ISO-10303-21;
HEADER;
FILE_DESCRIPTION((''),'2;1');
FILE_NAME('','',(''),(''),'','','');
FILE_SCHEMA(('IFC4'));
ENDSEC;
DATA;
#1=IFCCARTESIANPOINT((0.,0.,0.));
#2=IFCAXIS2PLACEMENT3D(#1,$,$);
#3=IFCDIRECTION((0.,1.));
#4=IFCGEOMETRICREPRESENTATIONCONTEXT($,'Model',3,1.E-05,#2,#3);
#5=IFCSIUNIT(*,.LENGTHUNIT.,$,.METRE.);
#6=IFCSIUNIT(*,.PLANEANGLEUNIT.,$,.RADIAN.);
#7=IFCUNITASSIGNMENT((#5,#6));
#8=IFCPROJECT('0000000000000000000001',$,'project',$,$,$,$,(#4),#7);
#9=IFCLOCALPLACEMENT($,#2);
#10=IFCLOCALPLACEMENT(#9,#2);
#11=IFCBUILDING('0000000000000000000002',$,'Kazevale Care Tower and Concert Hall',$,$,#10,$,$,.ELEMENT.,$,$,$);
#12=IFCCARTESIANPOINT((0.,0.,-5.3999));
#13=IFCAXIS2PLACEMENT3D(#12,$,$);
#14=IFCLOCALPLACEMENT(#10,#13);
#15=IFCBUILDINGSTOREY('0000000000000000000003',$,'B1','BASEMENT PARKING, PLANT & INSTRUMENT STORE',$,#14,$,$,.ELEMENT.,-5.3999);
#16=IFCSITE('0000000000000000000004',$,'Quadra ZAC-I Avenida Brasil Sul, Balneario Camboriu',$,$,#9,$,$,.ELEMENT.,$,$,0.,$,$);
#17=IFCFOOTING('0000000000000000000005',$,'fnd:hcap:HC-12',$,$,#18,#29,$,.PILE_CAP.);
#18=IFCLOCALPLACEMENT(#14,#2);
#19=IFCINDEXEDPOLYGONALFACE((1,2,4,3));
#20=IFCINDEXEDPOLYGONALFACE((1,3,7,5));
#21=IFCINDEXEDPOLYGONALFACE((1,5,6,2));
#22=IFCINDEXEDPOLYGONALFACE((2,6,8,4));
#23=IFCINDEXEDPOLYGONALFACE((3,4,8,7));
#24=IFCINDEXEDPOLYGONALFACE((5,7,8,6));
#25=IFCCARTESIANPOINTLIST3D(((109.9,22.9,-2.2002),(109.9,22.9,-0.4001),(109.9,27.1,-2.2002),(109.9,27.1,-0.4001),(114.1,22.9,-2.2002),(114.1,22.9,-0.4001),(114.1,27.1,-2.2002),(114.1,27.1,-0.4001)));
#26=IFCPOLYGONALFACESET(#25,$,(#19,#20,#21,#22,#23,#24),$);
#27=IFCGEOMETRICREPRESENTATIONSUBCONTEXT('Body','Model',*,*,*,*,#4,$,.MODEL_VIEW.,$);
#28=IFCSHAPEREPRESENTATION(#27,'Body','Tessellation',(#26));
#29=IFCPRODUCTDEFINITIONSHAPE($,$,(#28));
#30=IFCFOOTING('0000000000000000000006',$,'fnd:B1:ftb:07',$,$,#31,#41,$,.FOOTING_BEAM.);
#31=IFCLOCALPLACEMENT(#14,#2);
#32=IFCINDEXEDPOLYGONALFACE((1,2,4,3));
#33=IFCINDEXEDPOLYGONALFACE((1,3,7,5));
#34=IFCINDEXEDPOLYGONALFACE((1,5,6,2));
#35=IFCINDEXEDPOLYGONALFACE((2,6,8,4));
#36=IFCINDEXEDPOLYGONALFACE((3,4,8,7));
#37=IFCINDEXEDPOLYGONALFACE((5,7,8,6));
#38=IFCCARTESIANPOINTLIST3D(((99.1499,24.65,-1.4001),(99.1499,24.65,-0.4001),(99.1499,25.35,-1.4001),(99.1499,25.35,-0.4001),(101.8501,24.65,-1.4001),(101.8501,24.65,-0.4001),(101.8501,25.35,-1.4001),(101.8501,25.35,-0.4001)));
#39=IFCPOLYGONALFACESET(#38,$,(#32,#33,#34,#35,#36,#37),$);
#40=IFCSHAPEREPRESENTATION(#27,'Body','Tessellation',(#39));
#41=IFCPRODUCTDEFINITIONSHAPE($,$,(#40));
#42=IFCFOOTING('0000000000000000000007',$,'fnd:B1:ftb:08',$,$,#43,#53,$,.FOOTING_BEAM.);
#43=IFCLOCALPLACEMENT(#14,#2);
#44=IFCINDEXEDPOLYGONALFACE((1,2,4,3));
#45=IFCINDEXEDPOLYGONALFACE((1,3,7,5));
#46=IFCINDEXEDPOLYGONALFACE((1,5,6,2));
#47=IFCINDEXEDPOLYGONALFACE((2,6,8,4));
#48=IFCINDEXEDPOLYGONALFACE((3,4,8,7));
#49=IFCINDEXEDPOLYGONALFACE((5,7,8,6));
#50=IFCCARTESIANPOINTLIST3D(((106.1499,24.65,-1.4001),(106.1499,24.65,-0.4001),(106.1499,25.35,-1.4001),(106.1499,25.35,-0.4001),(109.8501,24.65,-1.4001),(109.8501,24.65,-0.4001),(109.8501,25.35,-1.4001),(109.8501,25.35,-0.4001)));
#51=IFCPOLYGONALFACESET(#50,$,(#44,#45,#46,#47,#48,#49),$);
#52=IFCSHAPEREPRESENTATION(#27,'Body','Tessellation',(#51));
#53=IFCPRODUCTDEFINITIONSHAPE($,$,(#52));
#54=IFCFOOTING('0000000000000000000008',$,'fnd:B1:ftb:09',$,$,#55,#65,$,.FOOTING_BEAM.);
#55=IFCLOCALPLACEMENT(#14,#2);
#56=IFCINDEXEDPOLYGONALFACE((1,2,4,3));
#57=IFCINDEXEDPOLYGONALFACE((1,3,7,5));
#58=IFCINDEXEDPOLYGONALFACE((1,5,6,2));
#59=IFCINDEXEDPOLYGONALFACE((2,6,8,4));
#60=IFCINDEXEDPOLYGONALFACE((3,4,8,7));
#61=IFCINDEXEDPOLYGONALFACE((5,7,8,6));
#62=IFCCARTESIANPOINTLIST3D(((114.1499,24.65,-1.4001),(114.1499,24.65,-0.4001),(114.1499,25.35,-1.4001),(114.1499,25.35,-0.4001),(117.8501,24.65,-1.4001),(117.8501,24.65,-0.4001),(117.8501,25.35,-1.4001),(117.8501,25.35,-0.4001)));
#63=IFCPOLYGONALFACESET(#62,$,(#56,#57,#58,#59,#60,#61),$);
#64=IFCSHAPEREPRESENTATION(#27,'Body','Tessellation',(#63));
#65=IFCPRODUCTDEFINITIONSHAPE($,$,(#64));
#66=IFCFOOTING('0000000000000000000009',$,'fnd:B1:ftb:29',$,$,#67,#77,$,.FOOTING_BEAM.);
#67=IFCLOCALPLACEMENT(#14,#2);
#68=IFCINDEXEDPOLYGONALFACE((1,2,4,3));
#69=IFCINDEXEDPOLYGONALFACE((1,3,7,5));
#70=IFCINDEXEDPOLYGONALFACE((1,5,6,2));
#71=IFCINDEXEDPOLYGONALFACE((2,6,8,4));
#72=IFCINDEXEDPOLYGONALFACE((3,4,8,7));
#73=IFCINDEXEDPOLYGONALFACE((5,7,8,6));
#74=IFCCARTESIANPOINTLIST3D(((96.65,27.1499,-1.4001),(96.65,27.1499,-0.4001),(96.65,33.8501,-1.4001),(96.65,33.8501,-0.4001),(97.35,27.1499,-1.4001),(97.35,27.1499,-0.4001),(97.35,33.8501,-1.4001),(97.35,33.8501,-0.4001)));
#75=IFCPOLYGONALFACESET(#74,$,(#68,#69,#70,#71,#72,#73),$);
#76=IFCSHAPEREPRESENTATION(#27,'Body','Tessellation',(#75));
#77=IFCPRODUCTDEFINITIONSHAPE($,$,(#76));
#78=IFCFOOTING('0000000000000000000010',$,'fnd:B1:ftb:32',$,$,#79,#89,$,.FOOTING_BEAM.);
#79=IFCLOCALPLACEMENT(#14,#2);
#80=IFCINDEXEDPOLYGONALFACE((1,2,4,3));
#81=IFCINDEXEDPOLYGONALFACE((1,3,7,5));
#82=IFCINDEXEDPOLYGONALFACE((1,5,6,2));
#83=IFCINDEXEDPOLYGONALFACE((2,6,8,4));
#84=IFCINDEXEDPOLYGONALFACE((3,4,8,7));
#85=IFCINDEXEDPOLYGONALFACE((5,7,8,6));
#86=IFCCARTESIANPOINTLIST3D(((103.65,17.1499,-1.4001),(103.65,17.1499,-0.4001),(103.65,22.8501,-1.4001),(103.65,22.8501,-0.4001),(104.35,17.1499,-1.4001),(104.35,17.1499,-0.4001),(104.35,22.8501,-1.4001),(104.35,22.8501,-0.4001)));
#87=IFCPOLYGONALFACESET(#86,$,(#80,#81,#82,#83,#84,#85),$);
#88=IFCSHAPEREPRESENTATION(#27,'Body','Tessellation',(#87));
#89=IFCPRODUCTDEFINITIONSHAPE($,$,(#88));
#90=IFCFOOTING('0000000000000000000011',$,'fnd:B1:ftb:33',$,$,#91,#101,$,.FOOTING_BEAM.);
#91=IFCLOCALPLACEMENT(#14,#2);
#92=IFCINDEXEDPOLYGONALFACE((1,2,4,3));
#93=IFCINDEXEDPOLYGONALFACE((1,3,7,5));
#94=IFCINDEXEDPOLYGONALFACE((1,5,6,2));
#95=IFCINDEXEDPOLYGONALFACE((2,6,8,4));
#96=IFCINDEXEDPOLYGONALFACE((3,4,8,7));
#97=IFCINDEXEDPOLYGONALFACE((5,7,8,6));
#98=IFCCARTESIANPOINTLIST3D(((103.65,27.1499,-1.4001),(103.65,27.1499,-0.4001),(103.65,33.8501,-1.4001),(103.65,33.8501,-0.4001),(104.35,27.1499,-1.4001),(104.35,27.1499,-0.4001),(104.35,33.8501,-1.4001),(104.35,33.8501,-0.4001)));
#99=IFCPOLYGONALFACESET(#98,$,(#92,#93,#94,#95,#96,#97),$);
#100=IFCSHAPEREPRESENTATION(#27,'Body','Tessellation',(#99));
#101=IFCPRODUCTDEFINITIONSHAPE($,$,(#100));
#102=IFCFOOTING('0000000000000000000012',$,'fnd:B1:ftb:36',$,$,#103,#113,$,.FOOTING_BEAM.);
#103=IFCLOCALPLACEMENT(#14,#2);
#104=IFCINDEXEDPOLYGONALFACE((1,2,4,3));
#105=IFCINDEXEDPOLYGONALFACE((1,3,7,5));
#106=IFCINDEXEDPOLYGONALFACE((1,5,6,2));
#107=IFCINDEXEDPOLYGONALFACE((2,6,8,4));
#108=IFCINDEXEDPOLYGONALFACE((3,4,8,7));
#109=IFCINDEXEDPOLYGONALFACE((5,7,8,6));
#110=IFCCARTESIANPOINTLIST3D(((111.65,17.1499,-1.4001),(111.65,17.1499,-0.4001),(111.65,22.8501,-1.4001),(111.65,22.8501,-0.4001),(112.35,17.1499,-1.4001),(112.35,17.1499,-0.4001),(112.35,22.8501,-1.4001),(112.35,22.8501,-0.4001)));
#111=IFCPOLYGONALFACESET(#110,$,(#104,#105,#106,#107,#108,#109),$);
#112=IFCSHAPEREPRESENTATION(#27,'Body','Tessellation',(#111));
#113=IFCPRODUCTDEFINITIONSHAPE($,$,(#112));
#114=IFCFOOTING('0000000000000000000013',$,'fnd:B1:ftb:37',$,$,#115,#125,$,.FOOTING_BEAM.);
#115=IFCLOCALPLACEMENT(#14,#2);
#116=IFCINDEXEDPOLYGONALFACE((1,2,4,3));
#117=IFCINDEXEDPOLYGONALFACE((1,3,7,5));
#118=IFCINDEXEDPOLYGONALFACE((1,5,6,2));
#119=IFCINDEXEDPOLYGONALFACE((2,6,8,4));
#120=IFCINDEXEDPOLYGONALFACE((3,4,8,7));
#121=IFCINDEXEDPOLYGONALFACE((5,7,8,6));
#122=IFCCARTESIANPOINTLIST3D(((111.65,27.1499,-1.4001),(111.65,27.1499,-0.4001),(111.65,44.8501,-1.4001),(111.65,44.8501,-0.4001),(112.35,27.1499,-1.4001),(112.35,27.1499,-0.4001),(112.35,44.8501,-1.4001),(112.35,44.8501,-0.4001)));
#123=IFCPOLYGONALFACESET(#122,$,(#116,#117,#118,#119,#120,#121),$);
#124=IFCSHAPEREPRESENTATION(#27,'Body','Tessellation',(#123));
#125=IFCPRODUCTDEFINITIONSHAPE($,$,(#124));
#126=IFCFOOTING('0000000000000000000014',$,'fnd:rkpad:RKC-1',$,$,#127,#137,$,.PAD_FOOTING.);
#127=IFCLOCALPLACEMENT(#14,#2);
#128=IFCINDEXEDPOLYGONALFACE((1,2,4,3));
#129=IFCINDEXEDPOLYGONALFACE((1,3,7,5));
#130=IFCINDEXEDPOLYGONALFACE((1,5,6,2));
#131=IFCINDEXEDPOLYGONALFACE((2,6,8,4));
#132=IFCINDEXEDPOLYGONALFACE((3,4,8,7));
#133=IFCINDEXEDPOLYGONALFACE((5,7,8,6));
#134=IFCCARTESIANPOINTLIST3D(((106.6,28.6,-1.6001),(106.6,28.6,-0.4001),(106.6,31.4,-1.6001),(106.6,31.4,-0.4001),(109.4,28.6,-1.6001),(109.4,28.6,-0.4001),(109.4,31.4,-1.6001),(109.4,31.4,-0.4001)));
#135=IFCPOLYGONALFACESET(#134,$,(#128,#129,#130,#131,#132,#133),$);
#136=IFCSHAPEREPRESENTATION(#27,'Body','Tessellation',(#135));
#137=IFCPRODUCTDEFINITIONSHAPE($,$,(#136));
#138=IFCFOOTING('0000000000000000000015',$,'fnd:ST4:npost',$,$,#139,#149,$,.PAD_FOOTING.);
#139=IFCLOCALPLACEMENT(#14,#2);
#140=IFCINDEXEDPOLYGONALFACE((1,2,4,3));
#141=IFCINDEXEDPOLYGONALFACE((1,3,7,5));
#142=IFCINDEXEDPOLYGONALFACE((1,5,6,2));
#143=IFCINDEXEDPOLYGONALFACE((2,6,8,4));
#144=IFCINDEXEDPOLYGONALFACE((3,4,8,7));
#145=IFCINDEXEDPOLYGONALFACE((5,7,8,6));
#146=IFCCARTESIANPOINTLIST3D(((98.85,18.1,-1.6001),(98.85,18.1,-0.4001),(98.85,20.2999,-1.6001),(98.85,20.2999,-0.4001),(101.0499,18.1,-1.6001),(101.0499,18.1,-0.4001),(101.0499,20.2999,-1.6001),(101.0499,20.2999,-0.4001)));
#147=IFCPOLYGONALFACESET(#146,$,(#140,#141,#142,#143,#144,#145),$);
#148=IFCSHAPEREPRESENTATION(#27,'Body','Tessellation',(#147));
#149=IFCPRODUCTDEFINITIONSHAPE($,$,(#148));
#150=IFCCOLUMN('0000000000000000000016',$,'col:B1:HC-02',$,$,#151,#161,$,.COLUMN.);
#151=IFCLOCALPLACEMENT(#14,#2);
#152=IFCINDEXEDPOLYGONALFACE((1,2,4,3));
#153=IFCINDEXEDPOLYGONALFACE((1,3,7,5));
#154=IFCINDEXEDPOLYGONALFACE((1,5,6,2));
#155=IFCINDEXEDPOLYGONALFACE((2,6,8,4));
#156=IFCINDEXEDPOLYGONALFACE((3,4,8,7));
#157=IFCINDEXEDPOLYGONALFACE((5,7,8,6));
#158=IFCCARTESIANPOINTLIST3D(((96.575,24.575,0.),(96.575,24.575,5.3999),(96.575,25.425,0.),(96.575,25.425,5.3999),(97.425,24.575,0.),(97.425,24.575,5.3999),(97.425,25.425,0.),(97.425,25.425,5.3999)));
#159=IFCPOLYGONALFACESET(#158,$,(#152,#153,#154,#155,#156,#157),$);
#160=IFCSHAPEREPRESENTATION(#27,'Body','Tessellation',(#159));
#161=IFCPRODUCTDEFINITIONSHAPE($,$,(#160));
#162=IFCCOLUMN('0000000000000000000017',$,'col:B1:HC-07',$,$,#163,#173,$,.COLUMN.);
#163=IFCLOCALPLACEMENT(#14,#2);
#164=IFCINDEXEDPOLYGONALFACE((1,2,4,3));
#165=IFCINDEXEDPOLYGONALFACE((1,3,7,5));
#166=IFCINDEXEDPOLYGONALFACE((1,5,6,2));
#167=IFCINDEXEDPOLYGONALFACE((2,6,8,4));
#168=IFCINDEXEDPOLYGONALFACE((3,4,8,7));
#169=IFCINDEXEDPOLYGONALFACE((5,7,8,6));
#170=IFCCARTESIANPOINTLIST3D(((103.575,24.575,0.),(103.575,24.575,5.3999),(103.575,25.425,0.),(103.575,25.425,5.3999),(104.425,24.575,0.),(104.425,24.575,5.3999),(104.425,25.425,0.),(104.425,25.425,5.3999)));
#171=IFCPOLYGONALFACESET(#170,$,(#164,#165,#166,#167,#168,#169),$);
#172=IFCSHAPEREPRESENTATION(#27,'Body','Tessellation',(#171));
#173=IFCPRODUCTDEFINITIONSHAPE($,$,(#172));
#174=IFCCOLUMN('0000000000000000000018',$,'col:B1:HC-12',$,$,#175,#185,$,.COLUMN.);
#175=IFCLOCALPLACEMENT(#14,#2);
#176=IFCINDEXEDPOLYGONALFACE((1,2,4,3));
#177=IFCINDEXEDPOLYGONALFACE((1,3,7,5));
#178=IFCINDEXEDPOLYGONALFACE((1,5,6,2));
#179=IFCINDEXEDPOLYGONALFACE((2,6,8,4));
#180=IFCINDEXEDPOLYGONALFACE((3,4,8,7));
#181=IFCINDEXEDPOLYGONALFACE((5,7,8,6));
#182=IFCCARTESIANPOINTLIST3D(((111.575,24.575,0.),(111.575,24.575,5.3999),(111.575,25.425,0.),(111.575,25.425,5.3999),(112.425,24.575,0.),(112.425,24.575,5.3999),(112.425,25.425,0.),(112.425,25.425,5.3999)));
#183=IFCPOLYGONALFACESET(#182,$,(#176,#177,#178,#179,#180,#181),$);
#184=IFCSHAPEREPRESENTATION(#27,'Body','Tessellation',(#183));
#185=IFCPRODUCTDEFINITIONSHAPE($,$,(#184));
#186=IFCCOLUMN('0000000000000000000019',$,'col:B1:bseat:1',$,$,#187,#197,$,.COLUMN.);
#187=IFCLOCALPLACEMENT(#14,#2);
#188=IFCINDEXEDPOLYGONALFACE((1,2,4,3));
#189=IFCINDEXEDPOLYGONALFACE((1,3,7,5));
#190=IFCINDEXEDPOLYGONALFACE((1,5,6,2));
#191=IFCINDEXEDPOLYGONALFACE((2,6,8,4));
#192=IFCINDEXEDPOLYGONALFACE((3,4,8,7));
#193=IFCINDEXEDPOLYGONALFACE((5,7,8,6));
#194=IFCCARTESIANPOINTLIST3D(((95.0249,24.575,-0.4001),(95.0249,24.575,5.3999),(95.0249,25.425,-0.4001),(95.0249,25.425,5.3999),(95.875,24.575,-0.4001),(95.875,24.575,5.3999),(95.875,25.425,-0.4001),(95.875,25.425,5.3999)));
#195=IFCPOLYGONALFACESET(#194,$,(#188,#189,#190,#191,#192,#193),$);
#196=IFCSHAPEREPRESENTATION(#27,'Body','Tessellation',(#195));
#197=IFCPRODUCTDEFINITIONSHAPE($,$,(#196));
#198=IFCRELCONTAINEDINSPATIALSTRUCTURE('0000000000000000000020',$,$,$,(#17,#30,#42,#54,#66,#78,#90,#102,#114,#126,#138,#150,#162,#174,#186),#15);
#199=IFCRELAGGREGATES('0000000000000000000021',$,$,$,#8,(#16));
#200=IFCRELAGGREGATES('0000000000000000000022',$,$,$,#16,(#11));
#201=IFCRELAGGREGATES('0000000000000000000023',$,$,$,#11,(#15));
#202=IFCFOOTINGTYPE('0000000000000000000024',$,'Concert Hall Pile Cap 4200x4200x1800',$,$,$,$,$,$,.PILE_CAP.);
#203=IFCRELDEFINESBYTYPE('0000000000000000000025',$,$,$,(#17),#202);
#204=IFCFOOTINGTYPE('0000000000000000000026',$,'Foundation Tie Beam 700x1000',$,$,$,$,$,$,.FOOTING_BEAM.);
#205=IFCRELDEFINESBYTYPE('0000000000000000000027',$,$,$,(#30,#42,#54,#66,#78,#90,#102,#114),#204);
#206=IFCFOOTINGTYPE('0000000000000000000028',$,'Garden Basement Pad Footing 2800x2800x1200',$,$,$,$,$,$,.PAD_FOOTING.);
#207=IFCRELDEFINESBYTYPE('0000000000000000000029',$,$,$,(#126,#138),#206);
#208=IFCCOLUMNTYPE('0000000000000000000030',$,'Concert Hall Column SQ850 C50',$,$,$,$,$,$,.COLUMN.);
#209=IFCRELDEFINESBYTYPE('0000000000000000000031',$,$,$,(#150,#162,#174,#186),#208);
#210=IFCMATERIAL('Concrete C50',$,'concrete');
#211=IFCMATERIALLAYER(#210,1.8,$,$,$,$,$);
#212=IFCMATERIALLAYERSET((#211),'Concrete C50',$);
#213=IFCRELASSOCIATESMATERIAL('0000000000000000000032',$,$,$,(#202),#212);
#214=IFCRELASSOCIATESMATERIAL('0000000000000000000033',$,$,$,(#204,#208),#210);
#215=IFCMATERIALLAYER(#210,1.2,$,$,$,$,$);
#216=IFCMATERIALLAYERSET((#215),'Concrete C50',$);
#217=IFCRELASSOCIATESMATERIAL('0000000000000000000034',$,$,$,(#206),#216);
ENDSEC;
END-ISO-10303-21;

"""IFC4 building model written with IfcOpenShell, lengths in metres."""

from ifc_helpers import new_model, si_unit, direction, frame, frame_2d, origin, origin_2d, place, context, subcontext, project, spatial, rectangle, extrude, material, layer, layer_set, material_profile, profile_set, type_object, element, save


model = new_model("IFC4")

# Units and contexts
model_context = context("Model", 3, precision=1e-05, world=origin(), true_north=direction((0.0, 1.0)))
body_context = subcontext(model_context, "Body", "Model", "MODEL_VIEW")
ifc_project = project(units=[si_unit("LENGTHUNIT", "METRE"), si_unit("PLANEANGLEUNIT", "RADIAN")], contexts=[model_context])

# Site, building, storey
site_placement = place(None, origin())
site = spatial("IfcSite", under=ifc_project, at=site_placement, Name="Quadra ZAC-I Avenida Brasil Sul, Balneario Camboriu", CompositionType="ELEMENT", RefElevation=0.0)
building_placement = place(site_placement, origin())
building = spatial("IfcBuilding", under=site, at=building_placement, Name="Kazevale Care Tower and Concert Hall", CompositionType="ELEMENT")
storey_placement = place(building_placement, frame((0.0, 0.0, -5.3999)))
storey = spatial("IfcBuildingStorey", under=building, at=storey_placement, Name="B1", Description="BASEMENT PARKING, PLANT & INSTRUMENT STORE", CompositionType="ELEMENT", Elevation=-5.3999)

# Shared definitions
ifc_material_1 = material(Name="Concrete C50", Category="concrete")

# Footings
ifc_layer_1 = layer(ifc_material_1, 1.8)
ifc_layer_set_1 = layer_set([ifc_layer_1], Name="Concrete C50")
footing_type_1 = type_object("IfcFootingType", Name="Concert Hall Pile Cap 4200x4200x1800", PredefinedType="PILE_CAP", material=ifc_layer_set_1)
for number, where, z_axis, x_axis, name in (
    (1, (112.0, 25.0, -2.2002), (0.0, 0.0, 1.0), (1.0, 0.0, 0.0), "fnd:hcap:HC-12"),
):
    element("IfcFooting", number, at=place(storey_placement, frame(where, z_axis=z_axis, x_axis=x_axis)), inside=storey, type_object=footing_type_1, Name=name, PredefinedType="PILE_CAP", context=body_context, shape_type="SweptSolid", body=[
        extrude(rectangle(XDim=4.2, YDim=4.2, at=origin_2d()), origin(), (0.0, 0.0, 1.0), 1.8),
    ])
ifc_material_profile_1 = material_profile(ifc_material_1, rectangle(XDim=0.7, YDim=1.0, at=origin_2d()), Name="RC-GB700x1000")
ifc_profile_set_1 = profile_set([ifc_material_profile_1], Name="Concrete C50")
footing_type_2 = type_object("IfcFootingType", Name="Foundation Tie Beam 700x1000", PredefinedType="FOOTING_BEAM", material=ifc_profile_set_1)
footing_1_placement = place(storey_placement, frame((99.1499, 25.0, -1.4001), z_axis=(0.0, 0.0, 1.0), x_axis=(1.0, 0.0, 0.0)))
element("IfcFooting", 2, at=footing_1_placement, inside=storey, type_object=footing_type_2, Name="fnd:B1:ftb:07", PredefinedType="FOOTING_BEAM", context=body_context, shape_type="SweptSolid", body=[
    extrude(rectangle(XDim=2.7002, YDim=0.7, at=frame_2d((1.3501, 0.0))), origin(), (0.0, 0.0, 1.0), 1.0),
])
for number, where, z_axis, x_axis, name in (
    (3, (106.1499, 25.0, -1.4001), (0.0, 0.0, 1.0), (1.0, 0.0, 0.0), "fnd:B1:ftb:08"),
    (4, (114.1499, 25.0, -1.4001), (0.0, 0.0, 1.0), (1.0, 0.0, 0.0), "fnd:B1:ftb:09"),
):
    element("IfcFooting", number, at=place(storey_placement, frame(where, z_axis=z_axis, x_axis=x_axis)), inside=storey, type_object=footing_type_2, Name=name, PredefinedType="FOOTING_BEAM", context=body_context, shape_type="SweptSolid", body=[
        extrude(rectangle(XDim=3.7002, YDim=0.7, at=frame_2d((1.8501, 0.0))), origin(), (0.0, 0.0, 1.0), 1.0),
    ])
footing_2_placement = place(storey_placement, frame((97.0, 27.1499, -1.4001), z_axis=(0.0, 0.0, 1.0), x_axis=(0.0, 1.0, 0.0)))
element("IfcFooting", 5, at=footing_2_placement, inside=storey, type_object=footing_type_2, Name="fnd:B1:ftb:29", PredefinedType="FOOTING_BEAM", context=body_context, shape_type="SweptSolid", body=[
    extrude(rectangle(XDim=6.7002, YDim=0.7, at=frame_2d((3.3501, 0.0))), origin(), (0.0, 0.0, 1.0), 1.0),
])
footing_3_placement = place(storey_placement, frame((104.0, 17.1499, -1.4001), z_axis=(0.0, 0.0, 1.0), x_axis=(0.0, 1.0, 0.0)))
element("IfcFooting", 6, at=footing_3_placement, inside=storey, type_object=footing_type_2, Name="fnd:B1:ftb:32", PredefinedType="FOOTING_BEAM", context=body_context, shape_type="SweptSolid", body=[
    extrude(rectangle(XDim=5.7002, YDim=0.7, at=frame_2d((2.8501, 0.0))), origin(), (0.0, 0.0, 1.0), 1.0),
])
footing_4_placement = place(storey_placement, frame((104.0, 27.1499, -1.4001), z_axis=(0.0, 0.0, 1.0), x_axis=(0.0, 1.0, 0.0)))
element("IfcFooting", 7, at=footing_4_placement, inside=storey, type_object=footing_type_2, Name="fnd:B1:ftb:33", PredefinedType="FOOTING_BEAM", context=body_context, shape_type="SweptSolid", body=[
    extrude(rectangle(XDim=6.7002, YDim=0.7, at=frame_2d((3.3501, 0.0))), origin(), (0.0, 0.0, 1.0), 1.0),
])
footing_5_placement = place(storey_placement, frame((112.0, 17.1499, -1.4001), z_axis=(0.0, 0.0, 1.0), x_axis=(0.0, 1.0, 0.0)))
element("IfcFooting", 8, at=footing_5_placement, inside=storey, type_object=footing_type_2, Name="fnd:B1:ftb:36", PredefinedType="FOOTING_BEAM", context=body_context, shape_type="SweptSolid", body=[
    extrude(rectangle(XDim=5.7002, YDim=0.7, at=frame_2d((2.8501, 0.0))), origin(), (0.0, 0.0, 1.0), 1.0),
])
footing_6_placement = place(storey_placement, frame((112.0, 27.1499, -1.4001), z_axis=(0.0, 0.0, 1.0), x_axis=(0.0, 1.0, 0.0)))
element("IfcFooting", 9, at=footing_6_placement, inside=storey, type_object=footing_type_2, Name="fnd:B1:ftb:37", PredefinedType="FOOTING_BEAM", context=body_context, shape_type="SweptSolid", body=[
    extrude(rectangle(XDim=17.7002, YDim=0.7, at=frame_2d((8.8501, 0.0))), origin(), (0.0, 0.0, 1.0), 1.0),
])
ifc_layer_2 = layer(ifc_material_1, 1.2)
ifc_layer_set_2 = layer_set([ifc_layer_2], Name="Concrete C50")
footing_type_3 = type_object("IfcFootingType", Name="Garden Basement Pad Footing 2800x2800x1200", PredefinedType="PAD_FOOTING", material=ifc_layer_set_2)
footing_7_placement = place(storey_placement, frame((108.0, 30.0, -1.6001), z_axis=(0.0, 0.0, 1.0), x_axis=(1.0, 0.0, 0.0)))
element("IfcFooting", 10, at=footing_7_placement, inside=storey, type_object=footing_type_3, Name="fnd:rkpad:RKC-1", PredefinedType="PAD_FOOTING", context=body_context, shape_type="SweptSolid", body=[
    extrude(rectangle(XDim=2.8, YDim=2.8, at=origin_2d()), origin(), (0.0, 0.0, 1.0), 1.2),
])
footing_8_placement = place(storey_placement, frame((99.95, 19.2, -1.6001), z_axis=(0.0, 0.0, 1.0), x_axis=(1.0, 0.0, 0.0)))
element("IfcFooting", 11, at=footing_8_placement, inside=storey, type_object=footing_type_3, Name="fnd:ST4:npost", PredefinedType="PAD_FOOTING", context=body_context, shape_type="SweptSolid", body=[
    extrude(rectangle(XDim=2.2, YDim=2.2, at=origin_2d()), origin(), (0.0, 0.0, 1.0), 1.2),
])

# Columns
ifc_material_profile_2 = material_profile(ifc_material_1, rectangle(XDim=0.8501, YDim=0.8501, at=origin_2d()), Name="RC-SQ850")
ifc_profile_set_2 = profile_set([ifc_material_profile_2], Name="Concrete C50")
column_type_1 = type_object("IfcColumnType", Name="Concert Hall Column SQ850 C50", PredefinedType="COLUMN", material=ifc_profile_set_2)
for number, where, z_axis, x_axis, name in (
    (12, (97.0, 25.0, 0.0), (0.0, 0.0, 1.0), (1.0, 0.0, 0.0), "col:B1:HC-02"),
    (13, (104.0, 25.0, 0.0), (0.0, 0.0, 1.0), (1.0, 0.0, 0.0), "col:B1:HC-07"),
    (14, (112.0, 25.0, 0.0), (0.0, 0.0, 1.0), (1.0, 0.0, 0.0), "col:B1:HC-12"),
):
    element("IfcColumn", number, at=place(storey_placement, frame(where, z_axis=z_axis, x_axis=x_axis)), inside=storey, type_object=column_type_1, Name=name, PredefinedType="COLUMN", context=body_context, shape_type="SweptSolid", body=[
        extrude(rectangle(XDim=0.8501, YDim=0.8501, at=origin_2d()), origin(), (0.0, 0.0, 1.0), 5.3999),
    ])
for number, where, z_axis, x_axis, name in (
    (15, (95.45, 25.0, -0.4001), (0.0, 0.0, 1.0), (1.0, 0.0, 0.0), "col:B1:bseat:1"),
):
    element("IfcColumn", number, at=place(storey_placement, frame(where, z_axis=z_axis, x_axis=x_axis)), inside=storey, type_object=column_type_1, Name=name, PredefinedType="COLUMN", context=body_context, shape_type="SweptSolid", body=[
        extrude(rectangle(XDim=0.8501, YDim=0.8501, at=origin_2d()), origin(), (0.0, 0.0, 1.0), 5.8),
    ])

save(model, "model.ifc")
